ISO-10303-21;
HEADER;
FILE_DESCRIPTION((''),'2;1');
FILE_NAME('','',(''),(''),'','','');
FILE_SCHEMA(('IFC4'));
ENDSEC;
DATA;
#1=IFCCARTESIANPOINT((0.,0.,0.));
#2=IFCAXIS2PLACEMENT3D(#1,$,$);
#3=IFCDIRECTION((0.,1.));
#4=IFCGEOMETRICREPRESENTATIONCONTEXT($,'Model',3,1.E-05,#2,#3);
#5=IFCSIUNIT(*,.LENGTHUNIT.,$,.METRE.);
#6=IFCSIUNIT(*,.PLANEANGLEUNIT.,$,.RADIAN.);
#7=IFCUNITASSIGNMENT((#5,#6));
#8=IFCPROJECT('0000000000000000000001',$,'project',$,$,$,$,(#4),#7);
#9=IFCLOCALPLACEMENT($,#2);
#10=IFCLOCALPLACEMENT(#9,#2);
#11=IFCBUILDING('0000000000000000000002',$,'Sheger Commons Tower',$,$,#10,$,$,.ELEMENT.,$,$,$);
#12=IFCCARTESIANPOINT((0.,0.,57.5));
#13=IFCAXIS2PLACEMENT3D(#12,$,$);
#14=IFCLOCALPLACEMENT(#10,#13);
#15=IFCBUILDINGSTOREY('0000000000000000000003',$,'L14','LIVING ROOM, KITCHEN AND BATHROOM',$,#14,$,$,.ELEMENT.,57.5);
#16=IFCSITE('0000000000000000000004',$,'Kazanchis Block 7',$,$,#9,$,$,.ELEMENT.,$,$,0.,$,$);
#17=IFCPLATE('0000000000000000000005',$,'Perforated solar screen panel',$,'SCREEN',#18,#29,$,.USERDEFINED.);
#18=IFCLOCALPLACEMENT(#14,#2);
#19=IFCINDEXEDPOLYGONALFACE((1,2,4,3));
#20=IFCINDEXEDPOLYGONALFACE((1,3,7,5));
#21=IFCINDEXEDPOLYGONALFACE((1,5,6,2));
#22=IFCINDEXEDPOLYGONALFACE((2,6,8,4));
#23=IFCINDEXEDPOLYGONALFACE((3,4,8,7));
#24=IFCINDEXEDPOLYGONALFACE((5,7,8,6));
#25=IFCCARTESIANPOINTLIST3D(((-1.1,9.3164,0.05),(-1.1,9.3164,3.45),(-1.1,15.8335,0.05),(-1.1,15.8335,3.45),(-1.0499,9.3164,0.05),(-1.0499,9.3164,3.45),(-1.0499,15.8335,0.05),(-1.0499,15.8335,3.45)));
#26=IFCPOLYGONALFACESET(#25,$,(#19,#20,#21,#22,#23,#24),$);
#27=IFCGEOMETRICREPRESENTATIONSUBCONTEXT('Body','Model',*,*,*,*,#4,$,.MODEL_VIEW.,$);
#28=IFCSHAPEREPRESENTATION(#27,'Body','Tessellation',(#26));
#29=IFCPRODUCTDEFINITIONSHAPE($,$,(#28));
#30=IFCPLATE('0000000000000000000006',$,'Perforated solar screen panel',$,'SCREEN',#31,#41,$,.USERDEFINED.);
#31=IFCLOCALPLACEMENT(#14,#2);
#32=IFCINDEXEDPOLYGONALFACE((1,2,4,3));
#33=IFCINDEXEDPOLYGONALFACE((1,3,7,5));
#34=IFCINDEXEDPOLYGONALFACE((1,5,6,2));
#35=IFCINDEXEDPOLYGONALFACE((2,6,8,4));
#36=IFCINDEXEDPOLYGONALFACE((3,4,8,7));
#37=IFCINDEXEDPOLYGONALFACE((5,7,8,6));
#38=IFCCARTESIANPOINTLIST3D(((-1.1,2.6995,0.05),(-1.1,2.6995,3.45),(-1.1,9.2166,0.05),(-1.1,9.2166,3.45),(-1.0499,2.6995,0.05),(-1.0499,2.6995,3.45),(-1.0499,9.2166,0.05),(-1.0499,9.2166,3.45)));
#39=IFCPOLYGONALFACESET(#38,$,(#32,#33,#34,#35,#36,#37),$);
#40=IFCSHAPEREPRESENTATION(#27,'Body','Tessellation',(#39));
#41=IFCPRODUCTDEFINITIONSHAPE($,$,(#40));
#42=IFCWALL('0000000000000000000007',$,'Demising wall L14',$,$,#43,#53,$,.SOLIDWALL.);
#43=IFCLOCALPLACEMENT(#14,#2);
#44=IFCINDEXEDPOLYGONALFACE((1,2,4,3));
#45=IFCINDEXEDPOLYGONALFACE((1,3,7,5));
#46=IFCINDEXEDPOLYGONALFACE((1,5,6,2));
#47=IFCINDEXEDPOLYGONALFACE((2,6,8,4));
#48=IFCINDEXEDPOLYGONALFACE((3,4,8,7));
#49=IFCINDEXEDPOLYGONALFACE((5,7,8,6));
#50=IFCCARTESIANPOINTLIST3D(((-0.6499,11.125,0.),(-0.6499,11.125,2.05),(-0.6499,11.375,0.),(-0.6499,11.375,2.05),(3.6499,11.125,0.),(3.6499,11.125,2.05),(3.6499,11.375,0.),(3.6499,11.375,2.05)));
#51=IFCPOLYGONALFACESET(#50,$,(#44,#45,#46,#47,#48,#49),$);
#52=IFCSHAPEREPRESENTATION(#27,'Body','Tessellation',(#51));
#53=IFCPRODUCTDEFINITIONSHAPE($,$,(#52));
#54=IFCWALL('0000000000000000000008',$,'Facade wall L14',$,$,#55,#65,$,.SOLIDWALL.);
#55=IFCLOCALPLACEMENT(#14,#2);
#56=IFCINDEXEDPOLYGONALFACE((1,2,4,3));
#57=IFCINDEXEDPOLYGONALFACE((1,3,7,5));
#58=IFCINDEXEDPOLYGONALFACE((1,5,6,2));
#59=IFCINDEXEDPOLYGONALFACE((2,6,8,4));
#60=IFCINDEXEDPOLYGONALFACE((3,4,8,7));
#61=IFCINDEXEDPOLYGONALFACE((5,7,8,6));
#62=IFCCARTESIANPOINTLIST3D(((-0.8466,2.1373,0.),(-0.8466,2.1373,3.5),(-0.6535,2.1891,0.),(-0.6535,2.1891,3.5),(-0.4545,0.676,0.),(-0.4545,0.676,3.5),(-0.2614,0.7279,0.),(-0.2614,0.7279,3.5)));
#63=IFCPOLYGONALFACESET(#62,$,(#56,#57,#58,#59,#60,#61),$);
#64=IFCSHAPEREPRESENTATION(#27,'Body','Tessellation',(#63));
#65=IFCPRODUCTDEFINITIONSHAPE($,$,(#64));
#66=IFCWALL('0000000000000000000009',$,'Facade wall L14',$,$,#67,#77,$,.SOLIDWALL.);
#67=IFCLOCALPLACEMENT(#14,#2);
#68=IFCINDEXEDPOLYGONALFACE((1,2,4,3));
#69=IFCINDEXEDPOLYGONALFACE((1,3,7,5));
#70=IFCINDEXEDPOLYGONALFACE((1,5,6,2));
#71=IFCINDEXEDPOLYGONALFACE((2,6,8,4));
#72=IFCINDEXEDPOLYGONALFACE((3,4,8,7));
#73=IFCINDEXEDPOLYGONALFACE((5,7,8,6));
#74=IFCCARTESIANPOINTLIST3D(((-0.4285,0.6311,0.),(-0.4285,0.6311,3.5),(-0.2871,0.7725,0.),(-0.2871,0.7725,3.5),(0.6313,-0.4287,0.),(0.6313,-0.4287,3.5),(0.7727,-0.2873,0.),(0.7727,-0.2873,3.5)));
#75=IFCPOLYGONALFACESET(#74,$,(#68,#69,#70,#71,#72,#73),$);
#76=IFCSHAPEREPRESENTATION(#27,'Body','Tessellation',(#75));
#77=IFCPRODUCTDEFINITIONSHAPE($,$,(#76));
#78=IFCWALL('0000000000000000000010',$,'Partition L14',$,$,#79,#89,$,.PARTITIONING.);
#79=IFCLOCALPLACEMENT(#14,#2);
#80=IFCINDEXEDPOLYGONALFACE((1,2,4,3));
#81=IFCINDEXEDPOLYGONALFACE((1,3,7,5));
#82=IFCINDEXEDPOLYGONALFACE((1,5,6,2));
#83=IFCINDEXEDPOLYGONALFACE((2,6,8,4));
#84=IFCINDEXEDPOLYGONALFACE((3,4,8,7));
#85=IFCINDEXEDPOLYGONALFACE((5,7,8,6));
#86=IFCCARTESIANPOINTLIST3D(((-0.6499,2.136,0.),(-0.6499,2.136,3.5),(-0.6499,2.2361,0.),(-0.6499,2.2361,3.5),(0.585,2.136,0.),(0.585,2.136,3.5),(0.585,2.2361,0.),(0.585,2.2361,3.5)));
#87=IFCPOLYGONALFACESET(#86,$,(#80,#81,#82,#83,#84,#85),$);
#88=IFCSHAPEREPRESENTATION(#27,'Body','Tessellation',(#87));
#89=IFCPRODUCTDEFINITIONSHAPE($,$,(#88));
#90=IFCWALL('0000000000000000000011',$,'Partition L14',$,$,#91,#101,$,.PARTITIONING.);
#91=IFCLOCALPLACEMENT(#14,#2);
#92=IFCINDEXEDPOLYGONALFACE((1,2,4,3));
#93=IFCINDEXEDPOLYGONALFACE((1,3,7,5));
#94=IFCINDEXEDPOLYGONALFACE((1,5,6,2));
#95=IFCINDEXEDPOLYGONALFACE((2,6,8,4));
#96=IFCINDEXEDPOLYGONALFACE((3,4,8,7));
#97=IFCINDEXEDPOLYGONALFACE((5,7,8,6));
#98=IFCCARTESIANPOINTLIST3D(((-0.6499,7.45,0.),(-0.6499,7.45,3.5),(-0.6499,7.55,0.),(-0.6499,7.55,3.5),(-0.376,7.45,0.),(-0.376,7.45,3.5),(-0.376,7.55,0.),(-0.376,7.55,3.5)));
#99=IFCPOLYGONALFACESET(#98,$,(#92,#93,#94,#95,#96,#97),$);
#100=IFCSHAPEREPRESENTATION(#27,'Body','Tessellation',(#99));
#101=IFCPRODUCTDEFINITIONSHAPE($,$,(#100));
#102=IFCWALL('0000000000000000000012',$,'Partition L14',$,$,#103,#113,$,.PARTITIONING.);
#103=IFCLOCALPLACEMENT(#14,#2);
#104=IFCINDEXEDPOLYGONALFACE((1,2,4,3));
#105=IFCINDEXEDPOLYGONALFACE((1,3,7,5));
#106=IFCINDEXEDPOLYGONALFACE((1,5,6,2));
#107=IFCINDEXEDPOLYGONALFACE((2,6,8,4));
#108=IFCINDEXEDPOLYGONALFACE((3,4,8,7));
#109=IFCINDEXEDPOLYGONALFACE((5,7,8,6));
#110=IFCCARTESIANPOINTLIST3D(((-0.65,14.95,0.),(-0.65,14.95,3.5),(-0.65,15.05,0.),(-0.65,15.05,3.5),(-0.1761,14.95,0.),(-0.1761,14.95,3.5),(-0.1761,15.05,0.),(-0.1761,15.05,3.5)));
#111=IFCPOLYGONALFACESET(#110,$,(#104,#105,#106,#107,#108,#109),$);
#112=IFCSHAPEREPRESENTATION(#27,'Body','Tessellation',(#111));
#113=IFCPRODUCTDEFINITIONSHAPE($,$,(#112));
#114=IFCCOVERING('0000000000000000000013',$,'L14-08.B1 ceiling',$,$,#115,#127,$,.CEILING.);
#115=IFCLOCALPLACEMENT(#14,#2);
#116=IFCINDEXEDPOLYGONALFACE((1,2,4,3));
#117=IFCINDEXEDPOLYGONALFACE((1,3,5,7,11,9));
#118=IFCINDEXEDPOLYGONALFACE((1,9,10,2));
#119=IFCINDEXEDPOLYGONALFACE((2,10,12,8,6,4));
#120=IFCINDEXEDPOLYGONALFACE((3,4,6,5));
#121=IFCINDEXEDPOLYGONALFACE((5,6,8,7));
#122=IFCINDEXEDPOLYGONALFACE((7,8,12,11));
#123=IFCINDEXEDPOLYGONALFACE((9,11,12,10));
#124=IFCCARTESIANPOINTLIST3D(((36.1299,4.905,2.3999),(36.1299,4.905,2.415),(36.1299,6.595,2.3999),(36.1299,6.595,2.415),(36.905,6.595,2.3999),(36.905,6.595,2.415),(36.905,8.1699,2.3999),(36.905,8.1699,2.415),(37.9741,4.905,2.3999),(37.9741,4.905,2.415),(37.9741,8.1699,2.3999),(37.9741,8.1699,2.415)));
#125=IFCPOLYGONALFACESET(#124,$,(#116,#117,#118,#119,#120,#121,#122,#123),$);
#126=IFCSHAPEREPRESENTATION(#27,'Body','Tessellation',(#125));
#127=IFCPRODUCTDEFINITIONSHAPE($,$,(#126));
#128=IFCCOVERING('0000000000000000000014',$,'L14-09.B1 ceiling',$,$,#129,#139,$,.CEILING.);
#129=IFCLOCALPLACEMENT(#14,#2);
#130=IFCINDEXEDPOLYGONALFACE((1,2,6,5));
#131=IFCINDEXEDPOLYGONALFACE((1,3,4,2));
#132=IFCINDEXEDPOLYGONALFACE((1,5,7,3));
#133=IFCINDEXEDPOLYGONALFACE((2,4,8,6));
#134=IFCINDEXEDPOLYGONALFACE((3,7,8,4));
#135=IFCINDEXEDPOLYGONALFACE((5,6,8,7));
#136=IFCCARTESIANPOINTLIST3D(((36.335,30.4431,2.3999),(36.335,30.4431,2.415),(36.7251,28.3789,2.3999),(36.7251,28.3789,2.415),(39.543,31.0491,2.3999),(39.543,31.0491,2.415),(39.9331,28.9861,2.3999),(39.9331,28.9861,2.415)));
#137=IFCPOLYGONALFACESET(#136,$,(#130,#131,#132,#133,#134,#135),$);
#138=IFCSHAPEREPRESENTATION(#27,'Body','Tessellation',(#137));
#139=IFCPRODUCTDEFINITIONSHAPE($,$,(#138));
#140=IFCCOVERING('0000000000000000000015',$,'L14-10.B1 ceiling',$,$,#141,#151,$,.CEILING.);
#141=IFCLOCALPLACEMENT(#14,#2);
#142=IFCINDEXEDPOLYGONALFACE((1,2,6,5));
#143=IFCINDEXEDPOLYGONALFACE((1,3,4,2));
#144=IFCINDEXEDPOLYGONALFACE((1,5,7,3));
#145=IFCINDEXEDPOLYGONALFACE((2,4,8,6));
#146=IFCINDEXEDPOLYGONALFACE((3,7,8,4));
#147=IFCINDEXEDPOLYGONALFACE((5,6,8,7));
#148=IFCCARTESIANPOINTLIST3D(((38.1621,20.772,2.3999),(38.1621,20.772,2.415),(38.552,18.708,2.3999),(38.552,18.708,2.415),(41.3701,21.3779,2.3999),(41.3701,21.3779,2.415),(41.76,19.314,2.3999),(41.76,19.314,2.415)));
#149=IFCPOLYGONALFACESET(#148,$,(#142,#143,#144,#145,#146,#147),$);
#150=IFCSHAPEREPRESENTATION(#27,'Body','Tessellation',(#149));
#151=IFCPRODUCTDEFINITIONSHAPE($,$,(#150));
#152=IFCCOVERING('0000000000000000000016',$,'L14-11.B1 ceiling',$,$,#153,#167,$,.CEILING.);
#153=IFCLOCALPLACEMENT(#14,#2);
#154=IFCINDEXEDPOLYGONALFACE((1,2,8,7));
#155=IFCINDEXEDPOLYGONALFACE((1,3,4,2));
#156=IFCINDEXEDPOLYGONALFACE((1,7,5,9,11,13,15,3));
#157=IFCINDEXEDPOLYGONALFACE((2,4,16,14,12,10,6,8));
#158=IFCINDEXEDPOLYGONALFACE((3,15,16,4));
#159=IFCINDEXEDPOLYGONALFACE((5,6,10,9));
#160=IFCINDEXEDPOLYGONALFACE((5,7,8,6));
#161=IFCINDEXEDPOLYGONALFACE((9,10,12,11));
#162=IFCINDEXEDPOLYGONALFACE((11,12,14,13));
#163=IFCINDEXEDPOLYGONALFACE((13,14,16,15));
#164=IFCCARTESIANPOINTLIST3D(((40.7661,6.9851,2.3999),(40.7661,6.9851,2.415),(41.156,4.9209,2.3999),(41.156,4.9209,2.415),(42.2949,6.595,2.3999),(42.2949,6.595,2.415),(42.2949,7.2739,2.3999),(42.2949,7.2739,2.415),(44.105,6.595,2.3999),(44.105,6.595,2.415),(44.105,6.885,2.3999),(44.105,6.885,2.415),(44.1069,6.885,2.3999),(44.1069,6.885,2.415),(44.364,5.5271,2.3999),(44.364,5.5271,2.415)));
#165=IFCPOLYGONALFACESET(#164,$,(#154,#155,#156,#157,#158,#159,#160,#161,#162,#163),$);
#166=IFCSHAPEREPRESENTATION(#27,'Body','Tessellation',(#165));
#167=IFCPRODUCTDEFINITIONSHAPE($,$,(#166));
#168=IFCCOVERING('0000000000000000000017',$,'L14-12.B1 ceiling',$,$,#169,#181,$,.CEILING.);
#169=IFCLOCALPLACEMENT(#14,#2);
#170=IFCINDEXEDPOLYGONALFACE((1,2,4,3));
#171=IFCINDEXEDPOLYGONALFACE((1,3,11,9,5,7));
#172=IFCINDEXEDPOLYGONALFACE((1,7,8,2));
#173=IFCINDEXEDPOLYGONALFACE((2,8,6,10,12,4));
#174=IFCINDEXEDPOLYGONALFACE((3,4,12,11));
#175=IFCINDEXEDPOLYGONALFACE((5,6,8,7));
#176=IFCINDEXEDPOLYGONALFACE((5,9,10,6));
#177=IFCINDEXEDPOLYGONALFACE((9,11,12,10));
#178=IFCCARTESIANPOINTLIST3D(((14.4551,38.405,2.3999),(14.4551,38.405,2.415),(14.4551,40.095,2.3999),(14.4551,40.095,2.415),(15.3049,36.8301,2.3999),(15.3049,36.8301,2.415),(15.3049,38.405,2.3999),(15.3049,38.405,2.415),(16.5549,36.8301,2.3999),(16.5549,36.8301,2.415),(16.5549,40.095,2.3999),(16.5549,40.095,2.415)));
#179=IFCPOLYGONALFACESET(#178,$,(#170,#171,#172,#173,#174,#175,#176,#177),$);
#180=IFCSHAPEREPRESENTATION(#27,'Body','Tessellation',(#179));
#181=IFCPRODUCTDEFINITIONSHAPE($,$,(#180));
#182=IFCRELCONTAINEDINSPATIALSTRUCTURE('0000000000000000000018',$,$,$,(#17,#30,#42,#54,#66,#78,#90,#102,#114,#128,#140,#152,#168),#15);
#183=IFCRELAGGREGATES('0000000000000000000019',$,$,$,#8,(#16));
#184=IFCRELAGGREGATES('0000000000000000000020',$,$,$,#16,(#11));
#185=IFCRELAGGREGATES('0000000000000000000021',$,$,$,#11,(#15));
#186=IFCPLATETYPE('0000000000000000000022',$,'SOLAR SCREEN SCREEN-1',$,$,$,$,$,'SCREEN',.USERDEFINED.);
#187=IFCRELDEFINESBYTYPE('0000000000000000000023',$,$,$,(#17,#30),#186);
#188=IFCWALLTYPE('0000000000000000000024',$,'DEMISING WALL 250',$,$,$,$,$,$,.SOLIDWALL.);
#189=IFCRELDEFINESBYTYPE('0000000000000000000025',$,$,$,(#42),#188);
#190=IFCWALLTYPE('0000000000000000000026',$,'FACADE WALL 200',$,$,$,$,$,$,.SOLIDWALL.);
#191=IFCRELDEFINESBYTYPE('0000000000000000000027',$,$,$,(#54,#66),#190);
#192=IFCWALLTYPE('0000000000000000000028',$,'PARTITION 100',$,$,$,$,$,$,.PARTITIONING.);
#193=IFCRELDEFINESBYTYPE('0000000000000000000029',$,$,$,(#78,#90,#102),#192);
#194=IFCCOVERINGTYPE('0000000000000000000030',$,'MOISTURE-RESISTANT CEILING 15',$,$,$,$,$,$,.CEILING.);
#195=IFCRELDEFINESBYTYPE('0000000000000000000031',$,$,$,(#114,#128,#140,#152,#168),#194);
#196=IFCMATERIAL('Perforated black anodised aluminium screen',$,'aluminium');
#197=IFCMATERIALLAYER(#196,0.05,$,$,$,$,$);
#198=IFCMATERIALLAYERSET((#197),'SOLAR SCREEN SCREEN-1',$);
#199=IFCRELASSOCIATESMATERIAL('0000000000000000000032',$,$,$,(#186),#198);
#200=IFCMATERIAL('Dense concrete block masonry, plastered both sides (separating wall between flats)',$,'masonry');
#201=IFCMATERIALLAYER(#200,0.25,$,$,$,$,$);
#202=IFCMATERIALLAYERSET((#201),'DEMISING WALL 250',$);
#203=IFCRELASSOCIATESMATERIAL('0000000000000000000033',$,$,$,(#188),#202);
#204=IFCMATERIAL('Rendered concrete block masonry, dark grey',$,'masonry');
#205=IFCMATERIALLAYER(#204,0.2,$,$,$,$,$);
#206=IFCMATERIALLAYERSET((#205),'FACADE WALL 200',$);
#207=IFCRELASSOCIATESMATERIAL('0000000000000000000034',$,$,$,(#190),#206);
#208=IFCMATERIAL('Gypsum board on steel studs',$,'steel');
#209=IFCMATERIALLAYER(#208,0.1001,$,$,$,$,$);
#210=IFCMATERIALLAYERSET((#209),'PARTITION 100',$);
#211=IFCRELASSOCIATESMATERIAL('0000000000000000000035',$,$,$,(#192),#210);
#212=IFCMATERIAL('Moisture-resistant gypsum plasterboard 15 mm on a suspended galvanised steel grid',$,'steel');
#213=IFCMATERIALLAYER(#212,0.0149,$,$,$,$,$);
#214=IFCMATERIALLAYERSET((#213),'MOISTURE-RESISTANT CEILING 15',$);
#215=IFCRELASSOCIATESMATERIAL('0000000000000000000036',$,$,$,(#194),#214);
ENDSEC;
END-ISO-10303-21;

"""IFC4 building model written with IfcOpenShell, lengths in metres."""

from ifc_helpers import new_model, si_unit, direction, frame, frame_2d, origin, origin_2d, place, context, subcontext, project, spatial, polyline, rectangle, outline, extrude, material, layer, layer_set, type_object, element, save


model = new_model("IFC4")

# Units and contexts
model_context = context("Model", 3, precision=1e-05, world=origin(), true_north=direction((0.0, 1.0)))
body_context = subcontext(model_context, "Body", "Model", "MODEL_VIEW")
ifc_project = project(units=[si_unit("LENGTHUNIT", "METRE"), si_unit("PLANEANGLEUNIT", "RADIAN")], contexts=[model_context])

# Site, building, storey
site_placement = place(None, origin())
site = spatial("IfcSite", under=ifc_project, at=site_placement, Name="Kazanchis Block 7", CompositionType="ELEMENT", RefElevation=0.0)
building_placement = place(site_placement, origin())
building = spatial("IfcBuilding", under=site, at=building_placement, Name="Sheger Commons Tower", CompositionType="ELEMENT")
storey_placement = place(building_placement, frame((0.0, 0.0, 57.5)))
storey = spatial("IfcBuildingStorey", under=building, at=storey_placement, Name="L14", Description="LIVING ROOM, KITCHEN AND BATHROOM", CompositionType="ELEMENT", Elevation=57.5)

# Plates
ifc_material_1 = material(Name="Perforated black anodised aluminium screen", Category="aluminium")
ifc_layer_1 = layer(ifc_material_1, 0.05)
ifc_layer_set_1 = layer_set([ifc_layer_1], Name="SOLAR SCREEN SCREEN-1")
plate_type = type_object("IfcPlateType", Name="SOLAR SCREEN SCREEN-1", ElementType="SCREEN", PredefinedType="USERDEFINED", material=ifc_layer_set_1)
for number, where, z_axis, x_axis, name in (
    (1, (-1.075, 12.575, 0.05), (0.0, 0.0, 1.0), (0.0, -1.0, 0.0), "Perforated solar screen panel"),
    (2, (-1.075, 5.958, 0.05), (0.0, 0.0, 1.0), (0.0, -1.0, 0.0), "Perforated solar screen panel"),
):
    element("IfcPlate", number, at=place(storey_placement, frame(where, z_axis=z_axis, x_axis=x_axis)), inside=storey, type_object=plate_type, Name=name, ObjectType="SCREEN", PredefinedType="USERDEFINED", context=body_context, shape_type="SweptSolid", body=[
        extrude(rectangle(XDim=6.5171, YDim=0.05, at=origin_2d()), origin(), (0.0, 0.0, 1.0), 3.3999),
    ])

# Walls
ifc_material_2 = material(Name="Dense concrete block masonry, plastered both sides (separating wall between flats)", Category="masonry")
ifc_layer_2 = layer(ifc_material_2, 0.25)
ifc_layer_set_2 = layer_set([ifc_layer_2], Name="DEMISING WALL 250")
wall_type_1 = type_object("IfcWallType", Name="DEMISING WALL 250", PredefinedType="SOLIDWALL", material=ifc_layer_set_2)
wall_1_placement = place(storey_placement, frame((-0.6499, 11.25, 0.0), z_axis=(0.0, 0.0, 1.0), x_axis=(1.0, 0.0, 0.0)))
element("IfcWall", 3, at=wall_1_placement, inside=storey, type_object=wall_type_1, Name="Demising wall L14", PredefinedType="SOLIDWALL", context=body_context, shape_type="SweptSolid", body=[
    extrude(rectangle(XDim=4.2998, YDim=0.25, at=frame_2d((2.1499, 0.0))), origin(), (0.0, 0.0, 1.0), 2.05),
])
ifc_material_3 = material(Name="Rendered concrete block masonry, dark grey", Category="masonry")
ifc_layer_3 = layer(ifc_material_3, 0.2)
ifc_layer_set_3 = layer_set([ifc_layer_3], Name="FACADE WALL 200")
wall_type_2 = type_object("IfcWallType", Name="FACADE WALL 200", PredefinedType="SOLIDWALL", material=ifc_layer_set_3)
wall_2_placement = place(storey_placement, frame((-0.75, 2.1631, 0.0), z_axis=(0.0, 0.0, 1.0), x_axis=(0.259169, -0.965832, 0.0)))
element("IfcWall", 4, at=wall_2_placement, inside=storey, type_object=wall_type_2, Name="Facade wall L14", PredefinedType="SOLIDWALL", context=body_context, shape_type="SweptSolid", body=[
    extrude(rectangle(XDim=1.5129, YDim=0.2, at=frame_2d((0.7563, 0.0))), origin(), (0.0, 0.0, 1.0), 3.5),
])
wall_3_placement = place(storey_placement, frame((-0.3579, 0.7019, 0.0), z_axis=(0.0, 0.0, 1.0), x_axis=(0.707107, -0.707107, 0.0)))
element("IfcWall", 5, at=wall_3_placement, inside=storey, type_object=wall_type_2, Name="Facade wall L14", PredefinedType="SOLIDWALL", context=body_context, shape_type="SweptSolid", body=[
    extrude(rectangle(XDim=1.4988, YDim=0.2, at=frame_2d((0.7495, 0.0))), origin(), (0.0, 0.0, 1.0), 3.5),
])
ifc_material_4 = material(Name="Gypsum board on steel studs", Category="steel")
ifc_layer_4 = layer(ifc_material_4, 0.1001)
ifc_layer_set_4 = layer_set([ifc_layer_4], Name="PARTITION 100")
wall_type_3 = type_object("IfcWallType", Name="PARTITION 100", PredefinedType="PARTITIONING", material=ifc_layer_set_4)
wall_4_placement = place(storey_placement, frame((-0.6499, 2.186, 0.0), z_axis=(0.0, 0.0, 1.0), x_axis=(1.0, 0.0, 0.0)))
element("IfcWall", 6, at=wall_4_placement, inside=storey, type_object=wall_type_3, Name="Partition L14", PredefinedType="PARTITIONING", context=body_context, shape_type="SweptSolid", body=[
    extrude(rectangle(XDim=1.2349, YDim=0.1001, at=frame_2d((0.6174, 0.0))), origin(), (0.0, 0.0, 1.0), 3.5),
])
wall_5_placement = place(storey_placement, frame((-0.6499, 7.5, 0.0), z_axis=(0.0, 0.0, 1.0), x_axis=(1.0, 0.0, 0.0)))
element("IfcWall", 7, at=wall_5_placement, inside=storey, type_object=wall_type_3, Name="Partition L14", PredefinedType="PARTITIONING", context=body_context, shape_type="SweptSolid", body=[
    extrude(rectangle(XDim=0.2739, YDim=0.1001, at=frame_2d((0.137, 0.0))), origin(), (0.0, 0.0, 1.0), 3.5),
])
wall_6_placement = place(storey_placement, frame((-0.6499, 15.0, 0.0), z_axis=(0.0, 0.0, 1.0), x_axis=(1.0, 0.0, 0.0)))
element("IfcWall", 8, at=wall_6_placement, inside=storey, type_object=wall_type_3, Name="Partition L14", PredefinedType="PARTITIONING", context=body_context, shape_type="SweptSolid", body=[
    extrude(rectangle(XDim=0.4739, YDim=0.1001, at=frame_2d((0.2368, 0.0))), origin(), (0.0, 0.0, 1.0), 3.5),
])

# Coverings
ifc_material_5 = material(Name="Moisture-resistant gypsum plasterboard 15 mm on a suspended galvanised steel grid", Category="steel")
ifc_layer_5 = layer(ifc_material_5, 0.0149)
ifc_layer_set_5 = layer_set([ifc_layer_5], Name="MOISTURE-RESISTANT CEILING 15")
covering_type_1 = type_object("IfcCoveringType", Name="MOISTURE-RESISTANT CEILING 15", PredefinedType="CEILING", material=ifc_layer_set_5)
covering_1_placement = place(storey_placement, frame((0.0, 0.0, 2.3999)))
element("IfcCovering", 9, at=covering_1_placement, inside=storey, type_object=covering_type_1, Name="L14-08.B1 ceiling", PredefinedType="CEILING", context=body_context, shape_type="SweptSolid", body=[
    extrude(outline(polyline([(36.1299, 4.905), (37.9741, 4.905), (37.9741, 8.1699), (36.905, 8.1699), (36.905, 6.595), (36.1299, 6.595), (36.1299, 4.905)])), origin(), (0.0, 0.0, 1.0), 0.0151),
])
covering_2_placement = place(storey_placement, frame((0.0, 0.0, 2.3999)))
element("IfcCovering", 10, at=covering_2_placement, inside=storey, type_object=covering_type_1, Name="L14-09.B1 ceiling", PredefinedType="CEILING", context=body_context, shape_type="SweptSolid", body=[
    extrude(outline(polyline([(36.7251, 28.3789), (39.9331, 28.9861), (39.543, 31.0491), (36.335, 30.4431), (36.7251, 28.3789)])), origin(), (0.0, 0.0, 1.0), 0.0151),
])
covering_3_placement = place(storey_placement, frame((0.0, 0.0, 2.3999)))
element("IfcCovering", 11, at=covering_3_placement, inside=storey, type_object=covering_type_1, Name="L14-10.B1 ceiling", PredefinedType="CEILING", context=body_context, shape_type="SweptSolid", body=[
    extrude(outline(polyline([(38.552, 18.708), (41.76, 19.314), (41.3701, 21.3779), (38.1621, 20.772), (38.552, 18.708)])), origin(), (0.0, 0.0, 1.0), 0.0151),
])
covering_4_placement = place(storey_placement, frame((0.0, 0.0, 2.3999)))
element("IfcCovering", 12, at=covering_4_placement, inside=storey, type_object=covering_type_1, Name="L14-11.B1 ceiling", PredefinedType="CEILING", context=body_context, shape_type="SweptSolid", body=[
    extrude(outline(polyline([(41.156, 4.9209), (44.364, 5.5271), (44.1069, 6.885), (44.105, 6.885), (44.105, 6.595), (42.2949, 6.595), (42.2949, 7.2739), (40.7661, 6.9851), (41.156, 4.9209)])), origin(), (0.0, 0.0, 1.0), 0.0151),
])
covering_5_placement = place(storey_placement, frame((0.0, 0.0, 2.3999)))
element("IfcCovering", 13, at=covering_5_placement, inside=storey, type_object=covering_type_1, Name="L14-12.B1 ceiling", PredefinedType="CEILING", context=body_context, shape_type="SweptSolid", body=[
    extrude(outline(polyline([(15.3049, 36.8301), (16.5549, 36.8301), (16.5549, 40.095), (14.4551, 40.095), (14.4551, 38.405), (15.3049, 38.405), (15.3049, 36.8301)])), origin(), (0.0, 0.0, 1.0), 0.0151),
])

save(model, "model.ifc")
